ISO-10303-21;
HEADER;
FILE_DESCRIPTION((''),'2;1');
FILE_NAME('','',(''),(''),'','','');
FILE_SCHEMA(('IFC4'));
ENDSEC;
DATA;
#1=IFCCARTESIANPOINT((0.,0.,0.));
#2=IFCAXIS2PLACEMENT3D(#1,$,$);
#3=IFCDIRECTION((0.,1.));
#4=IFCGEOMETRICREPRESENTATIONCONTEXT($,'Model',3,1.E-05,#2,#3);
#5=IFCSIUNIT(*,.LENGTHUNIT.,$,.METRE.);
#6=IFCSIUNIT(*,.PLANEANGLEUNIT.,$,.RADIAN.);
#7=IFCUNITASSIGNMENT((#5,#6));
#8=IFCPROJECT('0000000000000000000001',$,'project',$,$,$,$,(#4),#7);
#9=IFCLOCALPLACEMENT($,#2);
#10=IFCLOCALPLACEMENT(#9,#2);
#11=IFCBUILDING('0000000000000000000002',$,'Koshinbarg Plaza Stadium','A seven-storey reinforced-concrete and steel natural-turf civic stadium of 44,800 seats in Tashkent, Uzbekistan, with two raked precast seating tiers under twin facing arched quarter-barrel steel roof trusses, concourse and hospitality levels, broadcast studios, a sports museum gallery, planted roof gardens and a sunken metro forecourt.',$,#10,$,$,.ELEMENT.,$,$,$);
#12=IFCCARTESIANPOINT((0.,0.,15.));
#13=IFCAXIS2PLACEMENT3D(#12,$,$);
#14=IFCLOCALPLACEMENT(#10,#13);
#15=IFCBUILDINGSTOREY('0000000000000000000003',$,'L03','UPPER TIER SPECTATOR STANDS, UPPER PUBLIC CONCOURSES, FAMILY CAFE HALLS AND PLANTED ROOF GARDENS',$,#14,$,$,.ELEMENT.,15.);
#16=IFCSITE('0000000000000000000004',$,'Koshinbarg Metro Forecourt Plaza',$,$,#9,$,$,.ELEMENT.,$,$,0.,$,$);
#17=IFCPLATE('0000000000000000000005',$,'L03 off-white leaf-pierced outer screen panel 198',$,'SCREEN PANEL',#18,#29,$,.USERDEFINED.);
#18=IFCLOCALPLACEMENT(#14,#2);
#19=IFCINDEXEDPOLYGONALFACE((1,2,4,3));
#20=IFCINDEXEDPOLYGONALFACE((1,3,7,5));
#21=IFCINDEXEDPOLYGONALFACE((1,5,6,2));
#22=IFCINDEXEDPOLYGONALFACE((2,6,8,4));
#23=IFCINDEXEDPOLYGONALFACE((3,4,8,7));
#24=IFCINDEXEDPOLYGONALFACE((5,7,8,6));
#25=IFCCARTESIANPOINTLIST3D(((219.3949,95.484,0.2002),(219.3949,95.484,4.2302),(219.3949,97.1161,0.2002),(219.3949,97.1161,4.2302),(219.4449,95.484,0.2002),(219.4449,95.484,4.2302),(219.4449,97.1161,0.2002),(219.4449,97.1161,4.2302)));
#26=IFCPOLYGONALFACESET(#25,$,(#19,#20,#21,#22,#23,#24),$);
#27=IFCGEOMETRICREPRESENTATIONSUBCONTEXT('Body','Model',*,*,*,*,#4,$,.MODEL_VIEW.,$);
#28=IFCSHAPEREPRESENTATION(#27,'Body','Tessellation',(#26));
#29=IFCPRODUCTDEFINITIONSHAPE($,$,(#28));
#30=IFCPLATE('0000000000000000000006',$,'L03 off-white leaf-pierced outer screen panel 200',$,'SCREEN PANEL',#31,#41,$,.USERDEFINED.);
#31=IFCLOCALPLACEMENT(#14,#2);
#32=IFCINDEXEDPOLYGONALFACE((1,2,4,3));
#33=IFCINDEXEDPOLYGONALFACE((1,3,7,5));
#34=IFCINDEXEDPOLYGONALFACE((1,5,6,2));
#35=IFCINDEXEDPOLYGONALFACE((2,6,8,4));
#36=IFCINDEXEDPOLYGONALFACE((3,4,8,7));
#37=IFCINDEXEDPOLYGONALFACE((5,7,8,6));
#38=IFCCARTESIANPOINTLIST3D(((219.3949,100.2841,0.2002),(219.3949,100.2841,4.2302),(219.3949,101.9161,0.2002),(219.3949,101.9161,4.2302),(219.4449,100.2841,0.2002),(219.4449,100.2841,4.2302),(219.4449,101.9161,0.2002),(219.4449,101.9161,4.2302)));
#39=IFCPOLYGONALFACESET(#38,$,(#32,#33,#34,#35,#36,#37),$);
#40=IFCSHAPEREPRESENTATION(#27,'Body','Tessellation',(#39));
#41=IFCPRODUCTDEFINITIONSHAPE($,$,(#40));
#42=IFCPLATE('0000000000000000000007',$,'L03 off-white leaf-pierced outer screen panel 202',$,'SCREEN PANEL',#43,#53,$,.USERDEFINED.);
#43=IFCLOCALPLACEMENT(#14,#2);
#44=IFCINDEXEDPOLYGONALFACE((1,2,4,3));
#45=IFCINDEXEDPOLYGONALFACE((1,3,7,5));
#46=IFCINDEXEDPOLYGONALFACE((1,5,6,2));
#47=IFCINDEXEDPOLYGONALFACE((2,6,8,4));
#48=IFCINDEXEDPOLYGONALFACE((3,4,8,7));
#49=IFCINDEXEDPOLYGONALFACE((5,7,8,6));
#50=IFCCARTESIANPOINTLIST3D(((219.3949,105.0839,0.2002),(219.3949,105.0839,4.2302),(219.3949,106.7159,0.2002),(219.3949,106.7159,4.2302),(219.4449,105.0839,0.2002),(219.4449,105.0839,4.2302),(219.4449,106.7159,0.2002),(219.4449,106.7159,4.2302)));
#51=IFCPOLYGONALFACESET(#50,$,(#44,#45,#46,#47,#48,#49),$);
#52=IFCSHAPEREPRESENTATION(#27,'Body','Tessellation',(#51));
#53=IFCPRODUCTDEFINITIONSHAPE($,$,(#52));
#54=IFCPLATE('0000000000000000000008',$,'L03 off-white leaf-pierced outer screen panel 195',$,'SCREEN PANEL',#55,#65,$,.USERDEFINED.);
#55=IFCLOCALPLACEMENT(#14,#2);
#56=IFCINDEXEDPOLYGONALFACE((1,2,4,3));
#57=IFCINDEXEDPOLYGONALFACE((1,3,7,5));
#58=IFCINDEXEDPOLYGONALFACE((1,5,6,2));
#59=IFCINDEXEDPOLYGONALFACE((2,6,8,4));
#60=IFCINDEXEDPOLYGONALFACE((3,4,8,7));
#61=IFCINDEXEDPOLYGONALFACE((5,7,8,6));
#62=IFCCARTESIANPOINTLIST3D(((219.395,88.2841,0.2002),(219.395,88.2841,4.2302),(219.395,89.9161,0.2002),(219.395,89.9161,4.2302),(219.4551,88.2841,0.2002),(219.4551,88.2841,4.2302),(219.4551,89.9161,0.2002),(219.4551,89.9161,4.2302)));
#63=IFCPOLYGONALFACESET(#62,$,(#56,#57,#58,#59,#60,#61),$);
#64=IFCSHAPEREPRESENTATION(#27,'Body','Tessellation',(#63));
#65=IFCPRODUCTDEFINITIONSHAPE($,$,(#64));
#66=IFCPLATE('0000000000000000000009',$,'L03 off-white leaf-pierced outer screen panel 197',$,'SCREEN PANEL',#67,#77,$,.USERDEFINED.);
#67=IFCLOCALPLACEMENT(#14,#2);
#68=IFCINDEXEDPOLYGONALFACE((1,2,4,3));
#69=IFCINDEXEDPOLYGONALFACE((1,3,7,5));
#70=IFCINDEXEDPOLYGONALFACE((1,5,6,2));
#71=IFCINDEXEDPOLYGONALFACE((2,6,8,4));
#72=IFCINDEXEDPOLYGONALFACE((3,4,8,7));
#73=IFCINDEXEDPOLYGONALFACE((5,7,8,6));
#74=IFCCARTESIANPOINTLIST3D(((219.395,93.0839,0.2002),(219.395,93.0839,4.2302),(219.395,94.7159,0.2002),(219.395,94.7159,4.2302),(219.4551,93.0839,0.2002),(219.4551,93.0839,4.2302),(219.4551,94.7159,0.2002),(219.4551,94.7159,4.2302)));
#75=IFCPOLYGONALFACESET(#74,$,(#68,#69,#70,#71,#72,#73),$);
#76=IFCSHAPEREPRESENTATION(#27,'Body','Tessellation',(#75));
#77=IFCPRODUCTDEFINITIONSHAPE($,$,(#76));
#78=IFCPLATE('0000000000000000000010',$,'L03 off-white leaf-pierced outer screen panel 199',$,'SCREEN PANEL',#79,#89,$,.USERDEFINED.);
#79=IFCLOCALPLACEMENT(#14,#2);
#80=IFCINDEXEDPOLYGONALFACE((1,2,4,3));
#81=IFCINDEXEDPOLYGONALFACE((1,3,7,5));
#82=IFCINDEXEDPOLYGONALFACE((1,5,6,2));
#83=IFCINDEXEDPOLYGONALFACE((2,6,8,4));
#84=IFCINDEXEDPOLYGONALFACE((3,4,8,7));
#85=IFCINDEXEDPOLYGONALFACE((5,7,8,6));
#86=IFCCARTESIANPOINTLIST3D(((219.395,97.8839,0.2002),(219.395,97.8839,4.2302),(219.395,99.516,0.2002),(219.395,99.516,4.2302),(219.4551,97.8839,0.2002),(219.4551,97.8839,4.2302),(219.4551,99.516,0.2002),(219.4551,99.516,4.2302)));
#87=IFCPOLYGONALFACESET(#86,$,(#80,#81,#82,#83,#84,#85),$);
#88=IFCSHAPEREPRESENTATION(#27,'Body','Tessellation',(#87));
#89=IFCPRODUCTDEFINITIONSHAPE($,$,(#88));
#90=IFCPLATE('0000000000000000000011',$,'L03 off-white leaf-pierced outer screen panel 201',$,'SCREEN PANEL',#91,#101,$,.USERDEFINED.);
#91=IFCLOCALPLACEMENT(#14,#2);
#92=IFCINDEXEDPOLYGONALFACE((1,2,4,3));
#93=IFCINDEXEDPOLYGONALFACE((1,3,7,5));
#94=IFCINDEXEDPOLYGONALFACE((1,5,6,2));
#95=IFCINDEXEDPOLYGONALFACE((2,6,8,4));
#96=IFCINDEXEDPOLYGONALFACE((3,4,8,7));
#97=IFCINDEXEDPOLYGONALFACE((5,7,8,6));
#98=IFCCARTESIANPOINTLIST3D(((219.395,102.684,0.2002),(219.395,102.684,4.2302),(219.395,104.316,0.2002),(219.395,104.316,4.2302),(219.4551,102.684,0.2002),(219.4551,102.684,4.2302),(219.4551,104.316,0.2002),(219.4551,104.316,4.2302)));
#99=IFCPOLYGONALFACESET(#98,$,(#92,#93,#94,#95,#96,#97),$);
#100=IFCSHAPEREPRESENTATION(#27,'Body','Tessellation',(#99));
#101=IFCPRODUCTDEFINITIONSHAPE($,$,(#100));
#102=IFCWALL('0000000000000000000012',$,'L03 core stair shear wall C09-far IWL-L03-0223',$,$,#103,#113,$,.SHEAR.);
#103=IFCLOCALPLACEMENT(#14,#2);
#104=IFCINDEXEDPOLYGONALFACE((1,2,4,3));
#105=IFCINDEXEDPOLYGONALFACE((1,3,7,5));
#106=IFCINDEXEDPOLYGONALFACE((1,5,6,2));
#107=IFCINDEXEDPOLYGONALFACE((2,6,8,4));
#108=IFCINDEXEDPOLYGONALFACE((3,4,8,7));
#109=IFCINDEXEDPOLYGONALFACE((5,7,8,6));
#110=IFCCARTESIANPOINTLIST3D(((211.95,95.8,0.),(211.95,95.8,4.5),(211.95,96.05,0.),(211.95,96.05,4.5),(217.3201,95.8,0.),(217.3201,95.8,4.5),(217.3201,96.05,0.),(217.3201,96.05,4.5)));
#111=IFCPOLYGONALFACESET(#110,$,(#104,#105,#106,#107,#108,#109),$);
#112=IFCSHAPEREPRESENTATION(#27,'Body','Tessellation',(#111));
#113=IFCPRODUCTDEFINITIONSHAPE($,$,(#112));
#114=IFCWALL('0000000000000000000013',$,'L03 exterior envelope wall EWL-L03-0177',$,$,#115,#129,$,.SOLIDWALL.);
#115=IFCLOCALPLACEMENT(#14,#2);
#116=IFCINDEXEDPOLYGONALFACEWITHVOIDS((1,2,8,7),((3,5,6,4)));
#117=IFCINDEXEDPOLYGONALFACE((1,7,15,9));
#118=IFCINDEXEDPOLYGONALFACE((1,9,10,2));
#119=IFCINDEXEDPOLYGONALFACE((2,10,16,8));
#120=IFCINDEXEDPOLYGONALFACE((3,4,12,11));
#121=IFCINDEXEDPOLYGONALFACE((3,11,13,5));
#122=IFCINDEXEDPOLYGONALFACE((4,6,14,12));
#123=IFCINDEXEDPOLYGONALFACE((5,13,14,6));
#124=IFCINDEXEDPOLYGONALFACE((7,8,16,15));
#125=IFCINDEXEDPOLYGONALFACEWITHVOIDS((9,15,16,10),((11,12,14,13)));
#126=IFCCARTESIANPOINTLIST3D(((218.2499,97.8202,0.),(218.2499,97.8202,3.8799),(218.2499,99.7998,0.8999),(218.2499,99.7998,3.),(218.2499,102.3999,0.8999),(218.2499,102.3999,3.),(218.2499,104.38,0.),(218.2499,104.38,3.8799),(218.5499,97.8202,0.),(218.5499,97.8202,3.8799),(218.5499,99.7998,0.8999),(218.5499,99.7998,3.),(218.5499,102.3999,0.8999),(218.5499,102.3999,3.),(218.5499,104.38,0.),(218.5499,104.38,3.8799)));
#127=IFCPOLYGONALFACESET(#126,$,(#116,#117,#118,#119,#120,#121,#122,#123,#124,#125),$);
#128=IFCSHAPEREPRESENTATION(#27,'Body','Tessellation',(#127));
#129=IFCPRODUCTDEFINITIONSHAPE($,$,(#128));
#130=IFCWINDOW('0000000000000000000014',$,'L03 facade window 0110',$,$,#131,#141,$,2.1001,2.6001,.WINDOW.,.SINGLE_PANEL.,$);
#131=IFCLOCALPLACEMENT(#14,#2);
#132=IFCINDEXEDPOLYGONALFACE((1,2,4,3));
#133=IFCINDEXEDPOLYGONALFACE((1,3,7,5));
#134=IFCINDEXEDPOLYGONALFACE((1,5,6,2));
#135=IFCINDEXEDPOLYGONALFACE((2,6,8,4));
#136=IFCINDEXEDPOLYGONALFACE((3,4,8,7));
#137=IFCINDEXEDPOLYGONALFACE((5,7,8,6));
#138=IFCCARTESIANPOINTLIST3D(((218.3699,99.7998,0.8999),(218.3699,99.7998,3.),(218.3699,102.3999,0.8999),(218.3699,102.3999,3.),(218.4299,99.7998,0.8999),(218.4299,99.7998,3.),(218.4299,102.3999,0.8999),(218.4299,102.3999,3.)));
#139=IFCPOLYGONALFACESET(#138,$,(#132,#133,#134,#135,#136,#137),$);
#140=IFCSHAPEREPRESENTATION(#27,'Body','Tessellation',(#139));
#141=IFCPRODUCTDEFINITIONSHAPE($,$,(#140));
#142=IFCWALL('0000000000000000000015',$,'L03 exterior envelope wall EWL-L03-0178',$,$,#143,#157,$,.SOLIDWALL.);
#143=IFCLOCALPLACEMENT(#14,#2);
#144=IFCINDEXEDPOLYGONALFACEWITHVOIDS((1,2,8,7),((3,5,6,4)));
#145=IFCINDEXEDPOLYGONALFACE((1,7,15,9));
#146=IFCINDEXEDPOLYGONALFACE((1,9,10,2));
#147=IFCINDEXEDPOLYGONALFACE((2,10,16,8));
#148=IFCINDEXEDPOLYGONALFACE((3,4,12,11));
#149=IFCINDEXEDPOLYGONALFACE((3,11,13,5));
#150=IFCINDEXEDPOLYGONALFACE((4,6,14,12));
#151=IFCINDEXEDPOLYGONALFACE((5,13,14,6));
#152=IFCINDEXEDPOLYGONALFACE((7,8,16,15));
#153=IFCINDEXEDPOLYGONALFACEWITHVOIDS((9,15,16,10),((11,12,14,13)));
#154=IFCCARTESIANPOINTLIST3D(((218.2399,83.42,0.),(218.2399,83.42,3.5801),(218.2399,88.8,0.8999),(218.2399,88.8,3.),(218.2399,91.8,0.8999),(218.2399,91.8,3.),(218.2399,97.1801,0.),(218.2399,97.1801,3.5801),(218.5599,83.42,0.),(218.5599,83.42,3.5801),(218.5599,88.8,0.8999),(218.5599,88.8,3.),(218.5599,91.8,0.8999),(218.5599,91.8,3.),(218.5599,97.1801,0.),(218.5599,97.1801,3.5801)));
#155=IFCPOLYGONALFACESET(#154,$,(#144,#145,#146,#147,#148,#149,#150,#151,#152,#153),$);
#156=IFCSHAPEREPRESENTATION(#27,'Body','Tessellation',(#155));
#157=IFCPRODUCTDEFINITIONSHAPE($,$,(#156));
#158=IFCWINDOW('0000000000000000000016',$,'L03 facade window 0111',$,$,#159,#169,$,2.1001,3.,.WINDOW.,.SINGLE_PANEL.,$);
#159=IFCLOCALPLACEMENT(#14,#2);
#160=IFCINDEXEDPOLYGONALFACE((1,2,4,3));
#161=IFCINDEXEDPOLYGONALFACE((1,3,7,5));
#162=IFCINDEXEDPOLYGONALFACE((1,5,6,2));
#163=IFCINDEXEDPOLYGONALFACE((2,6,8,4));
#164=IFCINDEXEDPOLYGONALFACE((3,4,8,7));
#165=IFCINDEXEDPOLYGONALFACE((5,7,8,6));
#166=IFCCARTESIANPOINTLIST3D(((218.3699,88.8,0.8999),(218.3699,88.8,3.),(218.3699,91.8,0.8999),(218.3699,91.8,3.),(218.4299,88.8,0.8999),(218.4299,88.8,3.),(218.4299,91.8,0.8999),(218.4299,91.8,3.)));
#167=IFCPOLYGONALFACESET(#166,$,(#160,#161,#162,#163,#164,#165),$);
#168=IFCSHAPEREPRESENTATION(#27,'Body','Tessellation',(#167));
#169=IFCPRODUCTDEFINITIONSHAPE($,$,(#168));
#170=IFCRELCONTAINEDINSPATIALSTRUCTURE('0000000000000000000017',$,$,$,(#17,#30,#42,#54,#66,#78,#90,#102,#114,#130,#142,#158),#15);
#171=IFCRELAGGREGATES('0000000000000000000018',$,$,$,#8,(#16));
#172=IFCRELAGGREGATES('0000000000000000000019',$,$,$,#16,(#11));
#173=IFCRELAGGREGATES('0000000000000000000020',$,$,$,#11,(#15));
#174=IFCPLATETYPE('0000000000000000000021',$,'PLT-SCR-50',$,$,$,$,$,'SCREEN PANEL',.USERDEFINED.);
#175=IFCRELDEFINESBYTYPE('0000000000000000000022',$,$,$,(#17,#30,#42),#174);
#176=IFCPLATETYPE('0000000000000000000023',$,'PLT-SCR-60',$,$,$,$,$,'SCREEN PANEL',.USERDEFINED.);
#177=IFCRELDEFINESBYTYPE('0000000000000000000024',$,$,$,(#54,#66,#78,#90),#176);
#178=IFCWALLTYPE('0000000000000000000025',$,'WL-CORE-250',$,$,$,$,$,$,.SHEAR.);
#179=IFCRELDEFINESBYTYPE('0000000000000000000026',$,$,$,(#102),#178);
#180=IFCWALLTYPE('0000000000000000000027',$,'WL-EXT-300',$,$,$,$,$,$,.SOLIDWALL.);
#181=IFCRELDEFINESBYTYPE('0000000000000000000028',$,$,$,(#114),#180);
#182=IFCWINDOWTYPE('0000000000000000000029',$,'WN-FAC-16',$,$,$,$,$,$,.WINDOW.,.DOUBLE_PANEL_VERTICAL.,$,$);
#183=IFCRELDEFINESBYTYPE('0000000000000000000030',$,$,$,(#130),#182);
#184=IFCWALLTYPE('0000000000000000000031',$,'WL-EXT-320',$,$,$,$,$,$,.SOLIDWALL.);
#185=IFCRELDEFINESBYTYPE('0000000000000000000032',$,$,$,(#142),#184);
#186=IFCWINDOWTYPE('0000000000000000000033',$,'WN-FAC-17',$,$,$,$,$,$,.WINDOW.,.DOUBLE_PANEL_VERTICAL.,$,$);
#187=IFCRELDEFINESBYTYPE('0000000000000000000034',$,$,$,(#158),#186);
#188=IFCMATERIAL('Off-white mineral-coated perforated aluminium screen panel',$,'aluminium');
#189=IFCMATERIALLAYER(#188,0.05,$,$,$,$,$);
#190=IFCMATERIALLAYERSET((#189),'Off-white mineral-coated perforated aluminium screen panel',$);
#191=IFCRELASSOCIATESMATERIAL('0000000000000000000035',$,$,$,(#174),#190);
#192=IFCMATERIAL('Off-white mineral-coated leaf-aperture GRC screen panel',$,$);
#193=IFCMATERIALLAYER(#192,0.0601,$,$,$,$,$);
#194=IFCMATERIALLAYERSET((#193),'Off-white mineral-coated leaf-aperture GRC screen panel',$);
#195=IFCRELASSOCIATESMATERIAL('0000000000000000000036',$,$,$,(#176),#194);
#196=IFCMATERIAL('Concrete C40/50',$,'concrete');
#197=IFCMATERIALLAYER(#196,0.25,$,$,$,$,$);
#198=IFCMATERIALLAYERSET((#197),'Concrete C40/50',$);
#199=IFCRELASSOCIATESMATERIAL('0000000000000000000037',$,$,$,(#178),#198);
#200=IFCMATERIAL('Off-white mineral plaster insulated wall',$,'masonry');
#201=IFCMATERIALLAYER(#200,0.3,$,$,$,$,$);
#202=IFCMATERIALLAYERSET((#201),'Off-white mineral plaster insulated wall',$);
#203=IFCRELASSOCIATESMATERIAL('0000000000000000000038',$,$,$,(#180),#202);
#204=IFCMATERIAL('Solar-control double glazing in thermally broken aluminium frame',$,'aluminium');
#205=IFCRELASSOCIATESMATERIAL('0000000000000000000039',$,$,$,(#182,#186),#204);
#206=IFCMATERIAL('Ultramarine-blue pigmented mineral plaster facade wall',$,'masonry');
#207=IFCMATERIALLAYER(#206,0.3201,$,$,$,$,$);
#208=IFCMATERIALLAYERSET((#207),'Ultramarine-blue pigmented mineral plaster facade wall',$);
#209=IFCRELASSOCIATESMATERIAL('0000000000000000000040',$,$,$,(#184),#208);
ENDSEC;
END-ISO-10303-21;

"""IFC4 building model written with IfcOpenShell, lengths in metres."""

from ifc_helpers import new_model, si_unit, direction, frame, frame_2d, origin, origin_2d, place, context, subcontext, project, spatial, rectangle, extrude, material, layer, layer_set, type_object, element, fill, save


model = new_model("IFC4")

# Units and contexts
model_context = context("Model", 3, precision=1e-05, world=origin(), true_north=direction((0.0, 1.0)))
body_context = subcontext(model_context, "Body", "Model", "MODEL_VIEW")
ifc_project = project(units=[si_unit("LENGTHUNIT", "METRE"), si_unit("PLANEANGLEUNIT", "RADIAN")], contexts=[model_context])

# Site, building, storey
site_placement = place(None, origin())
site = spatial("IfcSite", under=ifc_project, at=site_placement, Name="Koshinbarg Metro Forecourt Plaza", CompositionType="ELEMENT", RefElevation=0.0)
building_placement = place(site_placement, origin())
building = spatial("IfcBuilding", under=site, at=building_placement, Name="Koshinbarg Plaza Stadium", Description="A seven-storey reinforced-concrete and steel natural-turf civic stadium of 44,800 seats in Tashkent, Uzbekistan, with two raked precast seating tiers under twin facing arched quarter-barrel steel roof trusses, concourse and hospitality levels, broadcast studios, a sports museum gallery, planted roof gardens and a sunken metro forecourt.", CompositionType="ELEMENT")
storey_placement = place(building_placement, frame((0.0, 0.0, 15.0)))
storey = spatial("IfcBuildingStorey", under=building, at=storey_placement, Name="L03", Description="UPPER TIER SPECTATOR STANDS, UPPER PUBLIC CONCOURSES, FAMILY CAFE HALLS AND PLANTED ROOF GARDENS", CompositionType="ELEMENT", Elevation=15.0)

# Shared definitions
ifc_material_1 = material(Name="Concrete C40/50", Category="concrete")

# Plates
ifc_material_2 = material(Name="Off-white mineral-coated perforated aluminium screen panel", Category="aluminium")
ifc_layer_1 = layer(ifc_material_2, 0.05)
ifc_layer_set_1 = layer_set([ifc_layer_1], Name="Off-white mineral-coated perforated aluminium screen panel")
plate_type_1 = type_object("IfcPlateType", Name="PLT-SCR-50", ElementType="SCREEN PANEL", PredefinedType="USERDEFINED", material=ifc_layer_set_1)
for number, where, z_axis, x_axis, name in (
    (1, (219.4199, 96.3, 0.2002), (0.0, 0.0, 1.0), (1.0, 0.0, 0.0), "L03 off-white leaf-pierced outer screen panel 198"),
    (2, (219.4199, 101.1001, 0.2002), (0.0, 0.0, 1.0), (1.0, 0.0, 0.0), "L03 off-white leaf-pierced outer screen panel 200"),
    (3, (219.4199, 105.8999, 0.2002), (0.0, 0.0, 1.0), (1.0, 0.0, 0.0), "L03 off-white leaf-pierced outer screen panel 202"),
):
    element("IfcPlate", number, at=place(storey_placement, frame(where, z_axis=z_axis, x_axis=x_axis)), inside=storey, type_object=plate_type_1, Name=name, ObjectType="SCREEN PANEL", PredefinedType="USERDEFINED", context=body_context, shape_type="SweptSolid", body=[
        extrude(rectangle(XDim=0.05, YDim=1.6321, at=origin_2d()), origin(), (0.0, 0.0, 1.0), 4.03),
    ])
ifc_material_3 = material(Name="Off-white mineral-coated leaf-aperture GRC screen panel")
ifc_layer_2 = layer(ifc_material_3, 0.0601)
ifc_layer_set_2 = layer_set([ifc_layer_2], Name="Off-white mineral-coated leaf-aperture GRC screen panel")
plate_type_2 = type_object("IfcPlateType", Name="PLT-SCR-60", ElementType="SCREEN PANEL", PredefinedType="USERDEFINED", material=ifc_layer_set_2)
for number, where, z_axis, x_axis, name in (
    (4, (219.425, 89.1001, 0.2002), (0.0, 0.0, 1.0), (1.0, 0.0, 0.0), "L03 off-white leaf-pierced outer screen panel 195"),
    (5, (219.425, 93.8999, 0.2002), (0.0, 0.0, 1.0), (1.0, 0.0, 0.0), "L03 off-white leaf-pierced outer screen panel 197"),
    (6, (219.425, 98.7, 0.2002), (0.0, 0.0, 1.0), (1.0, 0.0, 0.0), "L03 off-white leaf-pierced outer screen panel 199"),
    (7, (219.425, 103.5, 0.2002), (0.0, 0.0, 1.0), (1.0, 0.0, 0.0), "L03 off-white leaf-pierced outer screen panel 201"),
):
    element("IfcPlate", number, at=place(storey_placement, frame(where, z_axis=z_axis, x_axis=x_axis)), inside=storey, type_object=plate_type_2, Name=name, ObjectType="SCREEN PANEL", PredefinedType="USERDEFINED", context=body_context, shape_type="SweptSolid", body=[
        extrude(rectangle(XDim=0.0601, YDim=1.6321, at=origin_2d()), origin(), (0.0, 0.0, 1.0), 4.03),
    ])

# Wall
ifc_layer_3 = layer(ifc_material_1, 0.25)
ifc_layer_set_3 = layer_set([ifc_layer_3], Name="Concrete C40/50")
wall_type_1 = type_object("IfcWallType", Name="WL-CORE-250", PredefinedType="SHEAR", material=ifc_layer_set_3)
wall_1_placement = place(storey_placement, frame((217.3201, 95.925, 0.0), z_axis=(0.0, 0.0, 1.0), x_axis=(-1.0, 0.0, 0.0)))
element("IfcWall", 8, at=wall_1_placement, inside=storey, type_object=wall_type_1, Name="L03 core stair shear wall C09-far IWL-L03-0223", PredefinedType="SHEAR", context=body_context, shape_type="SweptSolid", body=[
    extrude(rectangle(XDim=5.3701, YDim=0.25, at=frame_2d((2.6851, 0.0))), origin(), (0.0, 0.0, 1.0), 4.5),
])

# Walls, openings, windows
ifc_material_4 = material(Name="Off-white mineral plaster insulated wall", Category="masonry")
ifc_layer_4 = layer(ifc_material_4, 0.3)
ifc_layer_set_4 = layer_set([ifc_layer_4], Name="Off-white mineral plaster insulated wall")
wall_type_2 = type_object("IfcWallType", Name="WL-EXT-300", PredefinedType="SOLIDWALL", material=ifc_layer_set_4)
wall_2_placement = place(storey_placement, frame((218.3999, 104.3799, 0.0), z_axis=(0.0, 0.0, 1.0), x_axis=(0.0, -1.0, 0.0)))
wall_2 = element("IfcWall", 9, at=wall_2_placement, inside=storey, type_object=wall_type_2, Name="L03 exterior envelope wall EWL-L03-0177", PredefinedType="SOLIDWALL", context=body_context, shape_type="SweptSolid", body=[
    extrude(rectangle(XDim=6.5598, YDim=0.3, at=frame_2d((3.2798, 0.0))), origin(), (0.0, 0.0, 1.0), 3.8799),
])
opening_1_placement = place(wall_2_placement, frame((1.98, 0.0, 0.8999)))
opening_1 = element("IfcOpeningElement", 10, at=opening_1_placement, cuts=wall_2, PredefinedType="OPENING", context=body_context, shape_type="SweptSolid", body=[
    extrude(rectangle(XDim=2.6001, YDim=2.1001, at=frame_2d((1.3, 1.05))), frame((0.0, 0.1599, 0.0), z_axis=(0.0, -1.0, 0.0), x_axis=(1.0, 0.0, 0.0)), (0.0, 0.0, 1.0), 0.3201),
])
ifc_material_5 = material(Name="Solar-control double glazing in thermally broken aluminium frame", Category="aluminium")
window_type_1 = type_object("IfcWindowType", Name="WN-FAC-16", PartitioningType="DOUBLE_PANEL_VERTICAL", PredefinedType="WINDOW", material=ifc_material_5)
window_1_placement = place(opening_1_placement, origin())
window_1 = element("IfcWindow", 11, at=window_1_placement, inside=storey, type_object=window_type_1, Name="L03 facade window 0110", OverallHeight=2.1001, OverallWidth=2.6001, PartitioningType="SINGLE_PANEL", PredefinedType="WINDOW", context=body_context, shape_type="SweptSolid", body=[
    extrude(rectangle(XDim=2.6001, YDim=2.1001, at=frame_2d((1.3, 1.05))), frame((0.0, 0.03, 0.0), z_axis=(0.0, -1.0, 0.0), x_axis=(1.0, 0.0, 0.0)), (0.0, 0.0, 1.0), 0.0601),
])
fill(opening_1, window_1)
ifc_material_6 = material(Name="Ultramarine-blue pigmented mineral plaster facade wall", Category="masonry")
ifc_layer_5 = layer(ifc_material_6, 0.3201)
ifc_layer_set_5 = layer_set([ifc_layer_5], Name="Ultramarine-blue pigmented mineral plaster facade wall")
wall_type_3 = type_object("IfcWallType", Name="WL-EXT-320", PredefinedType="SOLIDWALL", material=ifc_layer_set_5)
wall_3_placement = place(storey_placement, frame((218.3999, 97.1799, 0.0), z_axis=(0.0, 0.0, 1.0), x_axis=(0.0, -1.0, 0.0)))
wall_3 = element("IfcWall", 12, at=wall_3_placement, inside=storey, type_object=wall_type_3, Name="L03 exterior envelope wall EWL-L03-0178", PredefinedType="SOLIDWALL", context=body_context, shape_type="SweptSolid", body=[
    extrude(rectangle(XDim=13.76, YDim=0.3201, at=frame_2d((6.8799, 0.0))), origin(), (0.0, 0.0, 1.0), 3.5801),
])
opening_2_placement = place(wall_3_placement, frame((5.3799, 0.0, 0.8999)))
opening_2 = element("IfcOpeningElement", 13, at=opening_2_placement, cuts=wall_3, PredefinedType="OPENING", context=body_context, shape_type="SweptSolid", body=[
    extrude(rectangle(XDim=3.0, YDim=2.1001, at=frame_2d((1.5, 1.05))), frame((0.0, 0.1699, 0.0), z_axis=(0.0, -1.0, 0.0), x_axis=(1.0, 0.0, 0.0)), (0.0, 0.0, 1.0), 0.3401),
])
window_type_2 = type_object("IfcWindowType", Name="WN-FAC-17", PartitioningType="DOUBLE_PANEL_VERTICAL", PredefinedType="WINDOW", material=ifc_material_5)
window_2_placement = place(opening_2_placement, origin())
window_2 = element("IfcWindow", 14, at=window_2_placement, inside=storey, type_object=window_type_2, Name="L03 facade window 0111", OverallHeight=2.1001, OverallWidth=3.0, PartitioningType="SINGLE_PANEL", PredefinedType="WINDOW", context=body_context, shape_type="SweptSolid", body=[
    extrude(rectangle(XDim=3.0, YDim=2.1001, at=frame_2d((1.5, 1.05))), frame((0.0, 0.03, 0.0), z_axis=(0.0, -1.0, 0.0), x_axis=(1.0, 0.0, 0.0)), (0.0, 0.0, 1.0), 0.0601),
])
fill(opening_2, window_2)

save(model, "model.ifc")
